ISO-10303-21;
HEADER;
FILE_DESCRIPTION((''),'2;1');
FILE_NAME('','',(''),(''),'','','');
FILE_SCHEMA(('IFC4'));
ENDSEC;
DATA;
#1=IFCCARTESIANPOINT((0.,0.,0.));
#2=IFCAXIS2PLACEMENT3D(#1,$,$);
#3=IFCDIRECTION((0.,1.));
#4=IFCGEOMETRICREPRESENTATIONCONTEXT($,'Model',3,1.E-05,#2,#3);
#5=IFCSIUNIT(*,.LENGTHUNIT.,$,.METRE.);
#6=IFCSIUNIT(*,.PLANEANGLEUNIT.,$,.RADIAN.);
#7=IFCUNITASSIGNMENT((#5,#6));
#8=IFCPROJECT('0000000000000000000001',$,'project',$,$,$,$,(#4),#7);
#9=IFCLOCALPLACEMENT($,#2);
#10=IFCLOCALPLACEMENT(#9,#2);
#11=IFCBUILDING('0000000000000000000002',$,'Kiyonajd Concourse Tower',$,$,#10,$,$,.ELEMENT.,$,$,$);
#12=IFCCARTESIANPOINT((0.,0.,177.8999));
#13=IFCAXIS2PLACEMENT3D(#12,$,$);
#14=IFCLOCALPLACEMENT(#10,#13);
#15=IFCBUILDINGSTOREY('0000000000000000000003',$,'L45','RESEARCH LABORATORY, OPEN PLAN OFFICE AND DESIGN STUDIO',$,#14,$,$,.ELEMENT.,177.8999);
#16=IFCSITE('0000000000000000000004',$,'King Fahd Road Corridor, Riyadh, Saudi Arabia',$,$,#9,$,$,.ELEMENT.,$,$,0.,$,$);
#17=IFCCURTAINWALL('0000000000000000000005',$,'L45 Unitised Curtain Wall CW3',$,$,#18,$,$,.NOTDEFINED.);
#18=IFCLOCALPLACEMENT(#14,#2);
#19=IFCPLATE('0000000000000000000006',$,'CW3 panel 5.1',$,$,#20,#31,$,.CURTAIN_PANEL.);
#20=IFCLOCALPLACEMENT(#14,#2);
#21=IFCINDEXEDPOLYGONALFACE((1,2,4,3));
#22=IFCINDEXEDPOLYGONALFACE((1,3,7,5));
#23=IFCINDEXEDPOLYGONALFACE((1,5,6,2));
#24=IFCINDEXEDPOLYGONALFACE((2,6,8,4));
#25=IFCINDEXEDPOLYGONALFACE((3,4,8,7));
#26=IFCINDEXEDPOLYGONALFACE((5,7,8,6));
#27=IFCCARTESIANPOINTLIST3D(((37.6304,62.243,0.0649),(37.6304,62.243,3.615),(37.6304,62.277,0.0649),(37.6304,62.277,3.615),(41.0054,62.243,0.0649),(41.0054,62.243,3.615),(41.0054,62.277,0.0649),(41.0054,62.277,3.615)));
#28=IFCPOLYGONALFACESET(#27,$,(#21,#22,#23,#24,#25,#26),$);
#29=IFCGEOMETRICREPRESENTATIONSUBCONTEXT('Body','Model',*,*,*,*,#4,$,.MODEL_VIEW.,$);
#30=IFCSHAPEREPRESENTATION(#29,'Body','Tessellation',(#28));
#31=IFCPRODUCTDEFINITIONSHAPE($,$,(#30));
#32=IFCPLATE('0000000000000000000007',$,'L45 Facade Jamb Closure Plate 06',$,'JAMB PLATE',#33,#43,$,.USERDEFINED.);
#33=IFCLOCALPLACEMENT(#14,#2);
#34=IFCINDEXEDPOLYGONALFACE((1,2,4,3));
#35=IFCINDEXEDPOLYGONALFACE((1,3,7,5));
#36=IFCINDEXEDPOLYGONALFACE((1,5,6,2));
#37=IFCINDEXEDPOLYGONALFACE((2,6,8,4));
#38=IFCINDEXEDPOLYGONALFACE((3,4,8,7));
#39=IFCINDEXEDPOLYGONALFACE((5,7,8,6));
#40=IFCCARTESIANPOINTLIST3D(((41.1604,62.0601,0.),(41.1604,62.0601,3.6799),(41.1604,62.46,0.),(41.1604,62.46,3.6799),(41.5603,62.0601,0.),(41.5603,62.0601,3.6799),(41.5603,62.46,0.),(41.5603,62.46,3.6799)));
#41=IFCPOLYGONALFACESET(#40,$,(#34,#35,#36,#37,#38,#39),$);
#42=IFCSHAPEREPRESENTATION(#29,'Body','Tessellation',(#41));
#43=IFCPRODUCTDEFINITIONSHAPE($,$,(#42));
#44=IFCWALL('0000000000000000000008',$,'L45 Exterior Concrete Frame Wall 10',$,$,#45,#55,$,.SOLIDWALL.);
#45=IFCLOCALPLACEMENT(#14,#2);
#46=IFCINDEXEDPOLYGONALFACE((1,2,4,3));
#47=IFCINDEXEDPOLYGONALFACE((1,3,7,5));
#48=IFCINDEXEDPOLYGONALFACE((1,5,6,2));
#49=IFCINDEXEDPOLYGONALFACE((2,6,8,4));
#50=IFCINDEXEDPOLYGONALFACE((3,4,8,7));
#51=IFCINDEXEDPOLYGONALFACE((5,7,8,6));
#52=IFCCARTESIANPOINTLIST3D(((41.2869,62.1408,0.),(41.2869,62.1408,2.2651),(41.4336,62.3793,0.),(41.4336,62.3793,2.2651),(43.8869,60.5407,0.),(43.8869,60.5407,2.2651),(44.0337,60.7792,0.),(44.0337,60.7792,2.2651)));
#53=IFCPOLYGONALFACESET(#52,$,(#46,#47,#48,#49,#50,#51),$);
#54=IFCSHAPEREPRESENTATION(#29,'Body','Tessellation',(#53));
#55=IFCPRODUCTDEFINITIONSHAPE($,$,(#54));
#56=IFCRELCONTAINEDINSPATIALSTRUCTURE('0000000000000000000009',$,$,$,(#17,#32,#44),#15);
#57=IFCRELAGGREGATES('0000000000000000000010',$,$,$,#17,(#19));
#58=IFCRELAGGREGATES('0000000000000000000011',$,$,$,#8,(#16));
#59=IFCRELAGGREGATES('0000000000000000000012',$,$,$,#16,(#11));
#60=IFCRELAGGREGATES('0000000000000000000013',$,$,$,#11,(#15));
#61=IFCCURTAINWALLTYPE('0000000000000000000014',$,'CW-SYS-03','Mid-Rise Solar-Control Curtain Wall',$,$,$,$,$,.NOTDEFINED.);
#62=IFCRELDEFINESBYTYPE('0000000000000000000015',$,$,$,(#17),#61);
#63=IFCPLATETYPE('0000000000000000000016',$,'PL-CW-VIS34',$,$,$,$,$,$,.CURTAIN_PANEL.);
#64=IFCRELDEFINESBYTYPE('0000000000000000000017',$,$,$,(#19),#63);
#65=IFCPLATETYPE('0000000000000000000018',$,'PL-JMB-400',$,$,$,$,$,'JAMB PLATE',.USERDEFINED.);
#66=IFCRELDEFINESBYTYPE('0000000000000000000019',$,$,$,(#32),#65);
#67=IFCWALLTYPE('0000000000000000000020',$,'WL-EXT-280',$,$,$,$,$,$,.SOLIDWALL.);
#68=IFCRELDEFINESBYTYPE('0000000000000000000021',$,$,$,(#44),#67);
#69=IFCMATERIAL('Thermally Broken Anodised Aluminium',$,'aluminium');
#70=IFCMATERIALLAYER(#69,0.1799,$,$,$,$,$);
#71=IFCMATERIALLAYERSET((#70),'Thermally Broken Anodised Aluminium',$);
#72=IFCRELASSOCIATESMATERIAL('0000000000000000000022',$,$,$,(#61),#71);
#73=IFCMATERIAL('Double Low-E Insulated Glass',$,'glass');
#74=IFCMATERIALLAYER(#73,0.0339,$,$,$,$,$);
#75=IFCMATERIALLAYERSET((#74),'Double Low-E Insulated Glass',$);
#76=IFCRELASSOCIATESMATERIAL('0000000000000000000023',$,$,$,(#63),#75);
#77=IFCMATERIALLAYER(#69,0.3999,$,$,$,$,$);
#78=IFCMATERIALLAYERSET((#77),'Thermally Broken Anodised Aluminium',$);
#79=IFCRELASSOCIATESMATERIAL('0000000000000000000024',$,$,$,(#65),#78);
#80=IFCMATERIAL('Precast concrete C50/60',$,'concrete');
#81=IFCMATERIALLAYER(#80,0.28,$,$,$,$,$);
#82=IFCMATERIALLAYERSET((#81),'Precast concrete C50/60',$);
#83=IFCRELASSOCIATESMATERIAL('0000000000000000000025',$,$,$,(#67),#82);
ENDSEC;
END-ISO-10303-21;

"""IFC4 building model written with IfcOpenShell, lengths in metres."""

from ifc_helpers import new_model, si_unit, direction, frame, frame_2d, origin, origin_2d, place, context, subcontext, project, spatial, rectangle, extrude, material, layer, layer_set, type_object, element, aggregate, save


model = new_model("IFC4")

# Units and contexts
model_context = context("Model", 3, precision=1e-05, world=origin(), true_north=direction((0.0, 1.0)))
body_context = subcontext(model_context, "Body", "Model", "MODEL_VIEW")
ifc_project = project(units=[si_unit("LENGTHUNIT", "METRE"), si_unit("PLANEANGLEUNIT", "RADIAN")], contexts=[model_context])

# Site, building, storey
site_placement = place(None, origin())
site = spatial("IfcSite", under=ifc_project, at=site_placement, Name="King Fahd Road Corridor, Riyadh, Saudi Arabia", CompositionType="ELEMENT", RefElevation=0.0)
building_placement = place(site_placement, origin())
building = spatial("IfcBuilding", under=site, at=building_placement, Name="Kiyonajd Concourse Tower", CompositionType="ELEMENT")
storey_placement = place(building_placement, frame((0.0, 0.0, 177.8999)))
storey = spatial("IfcBuildingStorey", under=building, at=storey_placement, Name="L45", Description="RESEARCH LABORATORY, OPEN PLAN OFFICE AND DESIGN STUDIO", CompositionType="ELEMENT", Elevation=177.8999)

# Curtain wall
ifc_material_1 = material(Name="Thermally Broken Anodised Aluminium", Category="aluminium")
ifc_layer_1 = layer(ifc_material_1, 0.1799)
ifc_layer_set_1 = layer_set([ifc_layer_1], Name="Thermally Broken Anodised Aluminium")
curtain_wall_type = type_object("IfcCurtainWallType", Name="CW-SYS-03", Description="Mid-Rise Solar-Control Curtain Wall", PredefinedType="NOTDEFINED", material=ifc_layer_set_1)
curtain_wall_placement = place(storey_placement, origin())
curtain_wall = element("IfcCurtainWall", 1, at=curtain_wall_placement, inside=storey, type_object=curtain_wall_type, Name="L45 Unitised Curtain Wall CW3", PredefinedType="NOTDEFINED")

# Plates
ifc_material_2 = material(Name="Double Low-E Insulated Glass", Category="glass")
ifc_layer_2 = layer(ifc_material_2, 0.0339)
ifc_layer_set_2 = layer_set([ifc_layer_2], Name="Double Low-E Insulated Glass")
plate_type_1 = type_object("IfcPlateType", Name="PL-CW-VIS34", PredefinedType="CURTAIN_PANEL", material=ifc_layer_set_2)
plate_1_placement = place(storey_placement, frame((39.3179, 62.26, 0.0649), z_axis=(0.0, 0.0, 1.0), x_axis=(1.0, 0.0, 0.0)))
plate_1 = element("IfcPlate", 2, at=plate_1_placement, type_object=plate_type_1, Name="CW3 panel 5.1", PredefinedType="CURTAIN_PANEL", context=body_context, shape_type="SweptSolid", body=[
    extrude(rectangle(XDim=3.375, YDim=0.0339, at=origin_2d()), origin(), (0.0, 0.0, 1.0), 3.55),
])
aggregate(curtain_wall, [plate_1])
ifc_layer_3 = layer(ifc_material_1, 0.3999)
ifc_layer_set_3 = layer_set([ifc_layer_3], Name="Thermally Broken Anodised Aluminium")
plate_type_2 = type_object("IfcPlateType", Name="PL-JMB-400", ElementType="JAMB PLATE", PredefinedType="USERDEFINED", material=ifc_layer_set_3)
plate_2_placement = place(storey_placement, frame((41.3604, 62.26, 0.0), z_axis=(0.0, 0.0, 1.0), x_axis=(1.0, 0.0, 0.0)))
element("IfcPlate", 3, at=plate_2_placement, inside=storey, type_object=plate_type_2, Name="L45 Facade Jamb Closure Plate 06", ObjectType="JAMB PLATE", PredefinedType="USERDEFINED", context=body_context, shape_type="SweptSolid", body=[
    extrude(rectangle(XDim=0.3999, YDim=0.3999, at=origin_2d()), origin(), (0.0, 0.0, 1.0), 3.6799),
])

# Wall
ifc_material_3 = material(Name="Precast concrete C50/60", Category="concrete")
ifc_layer_4 = layer(ifc_material_3, 0.28)
ifc_layer_set_4 = layer_set([ifc_layer_4], Name="Precast concrete C50/60")
wall_type = type_object("IfcWallType", Name="WL-EXT-280", PredefinedType="SOLIDWALL", material=ifc_layer_set_4)
wall_placement = place(storey_placement, frame((41.3604, 62.26, 0.0), z_axis=(0.0, 0.0, 1.0), x_axis=(0.851653, -0.524106, 0.0)))
element("IfcWall", 4, at=wall_placement, inside=storey, type_object=wall_type, Name="L45 Exterior Concrete Frame Wall 10", PredefinedType="SOLIDWALL", context=body_context, shape_type="SweptSolid", body=[
    extrude(rectangle(XDim=3.053, YDim=0.28, at=frame_2d((1.5264, 0.0))), origin(), (0.0, 0.0, 1.0), 2.2651),
])

save(model, "model.ifc")
